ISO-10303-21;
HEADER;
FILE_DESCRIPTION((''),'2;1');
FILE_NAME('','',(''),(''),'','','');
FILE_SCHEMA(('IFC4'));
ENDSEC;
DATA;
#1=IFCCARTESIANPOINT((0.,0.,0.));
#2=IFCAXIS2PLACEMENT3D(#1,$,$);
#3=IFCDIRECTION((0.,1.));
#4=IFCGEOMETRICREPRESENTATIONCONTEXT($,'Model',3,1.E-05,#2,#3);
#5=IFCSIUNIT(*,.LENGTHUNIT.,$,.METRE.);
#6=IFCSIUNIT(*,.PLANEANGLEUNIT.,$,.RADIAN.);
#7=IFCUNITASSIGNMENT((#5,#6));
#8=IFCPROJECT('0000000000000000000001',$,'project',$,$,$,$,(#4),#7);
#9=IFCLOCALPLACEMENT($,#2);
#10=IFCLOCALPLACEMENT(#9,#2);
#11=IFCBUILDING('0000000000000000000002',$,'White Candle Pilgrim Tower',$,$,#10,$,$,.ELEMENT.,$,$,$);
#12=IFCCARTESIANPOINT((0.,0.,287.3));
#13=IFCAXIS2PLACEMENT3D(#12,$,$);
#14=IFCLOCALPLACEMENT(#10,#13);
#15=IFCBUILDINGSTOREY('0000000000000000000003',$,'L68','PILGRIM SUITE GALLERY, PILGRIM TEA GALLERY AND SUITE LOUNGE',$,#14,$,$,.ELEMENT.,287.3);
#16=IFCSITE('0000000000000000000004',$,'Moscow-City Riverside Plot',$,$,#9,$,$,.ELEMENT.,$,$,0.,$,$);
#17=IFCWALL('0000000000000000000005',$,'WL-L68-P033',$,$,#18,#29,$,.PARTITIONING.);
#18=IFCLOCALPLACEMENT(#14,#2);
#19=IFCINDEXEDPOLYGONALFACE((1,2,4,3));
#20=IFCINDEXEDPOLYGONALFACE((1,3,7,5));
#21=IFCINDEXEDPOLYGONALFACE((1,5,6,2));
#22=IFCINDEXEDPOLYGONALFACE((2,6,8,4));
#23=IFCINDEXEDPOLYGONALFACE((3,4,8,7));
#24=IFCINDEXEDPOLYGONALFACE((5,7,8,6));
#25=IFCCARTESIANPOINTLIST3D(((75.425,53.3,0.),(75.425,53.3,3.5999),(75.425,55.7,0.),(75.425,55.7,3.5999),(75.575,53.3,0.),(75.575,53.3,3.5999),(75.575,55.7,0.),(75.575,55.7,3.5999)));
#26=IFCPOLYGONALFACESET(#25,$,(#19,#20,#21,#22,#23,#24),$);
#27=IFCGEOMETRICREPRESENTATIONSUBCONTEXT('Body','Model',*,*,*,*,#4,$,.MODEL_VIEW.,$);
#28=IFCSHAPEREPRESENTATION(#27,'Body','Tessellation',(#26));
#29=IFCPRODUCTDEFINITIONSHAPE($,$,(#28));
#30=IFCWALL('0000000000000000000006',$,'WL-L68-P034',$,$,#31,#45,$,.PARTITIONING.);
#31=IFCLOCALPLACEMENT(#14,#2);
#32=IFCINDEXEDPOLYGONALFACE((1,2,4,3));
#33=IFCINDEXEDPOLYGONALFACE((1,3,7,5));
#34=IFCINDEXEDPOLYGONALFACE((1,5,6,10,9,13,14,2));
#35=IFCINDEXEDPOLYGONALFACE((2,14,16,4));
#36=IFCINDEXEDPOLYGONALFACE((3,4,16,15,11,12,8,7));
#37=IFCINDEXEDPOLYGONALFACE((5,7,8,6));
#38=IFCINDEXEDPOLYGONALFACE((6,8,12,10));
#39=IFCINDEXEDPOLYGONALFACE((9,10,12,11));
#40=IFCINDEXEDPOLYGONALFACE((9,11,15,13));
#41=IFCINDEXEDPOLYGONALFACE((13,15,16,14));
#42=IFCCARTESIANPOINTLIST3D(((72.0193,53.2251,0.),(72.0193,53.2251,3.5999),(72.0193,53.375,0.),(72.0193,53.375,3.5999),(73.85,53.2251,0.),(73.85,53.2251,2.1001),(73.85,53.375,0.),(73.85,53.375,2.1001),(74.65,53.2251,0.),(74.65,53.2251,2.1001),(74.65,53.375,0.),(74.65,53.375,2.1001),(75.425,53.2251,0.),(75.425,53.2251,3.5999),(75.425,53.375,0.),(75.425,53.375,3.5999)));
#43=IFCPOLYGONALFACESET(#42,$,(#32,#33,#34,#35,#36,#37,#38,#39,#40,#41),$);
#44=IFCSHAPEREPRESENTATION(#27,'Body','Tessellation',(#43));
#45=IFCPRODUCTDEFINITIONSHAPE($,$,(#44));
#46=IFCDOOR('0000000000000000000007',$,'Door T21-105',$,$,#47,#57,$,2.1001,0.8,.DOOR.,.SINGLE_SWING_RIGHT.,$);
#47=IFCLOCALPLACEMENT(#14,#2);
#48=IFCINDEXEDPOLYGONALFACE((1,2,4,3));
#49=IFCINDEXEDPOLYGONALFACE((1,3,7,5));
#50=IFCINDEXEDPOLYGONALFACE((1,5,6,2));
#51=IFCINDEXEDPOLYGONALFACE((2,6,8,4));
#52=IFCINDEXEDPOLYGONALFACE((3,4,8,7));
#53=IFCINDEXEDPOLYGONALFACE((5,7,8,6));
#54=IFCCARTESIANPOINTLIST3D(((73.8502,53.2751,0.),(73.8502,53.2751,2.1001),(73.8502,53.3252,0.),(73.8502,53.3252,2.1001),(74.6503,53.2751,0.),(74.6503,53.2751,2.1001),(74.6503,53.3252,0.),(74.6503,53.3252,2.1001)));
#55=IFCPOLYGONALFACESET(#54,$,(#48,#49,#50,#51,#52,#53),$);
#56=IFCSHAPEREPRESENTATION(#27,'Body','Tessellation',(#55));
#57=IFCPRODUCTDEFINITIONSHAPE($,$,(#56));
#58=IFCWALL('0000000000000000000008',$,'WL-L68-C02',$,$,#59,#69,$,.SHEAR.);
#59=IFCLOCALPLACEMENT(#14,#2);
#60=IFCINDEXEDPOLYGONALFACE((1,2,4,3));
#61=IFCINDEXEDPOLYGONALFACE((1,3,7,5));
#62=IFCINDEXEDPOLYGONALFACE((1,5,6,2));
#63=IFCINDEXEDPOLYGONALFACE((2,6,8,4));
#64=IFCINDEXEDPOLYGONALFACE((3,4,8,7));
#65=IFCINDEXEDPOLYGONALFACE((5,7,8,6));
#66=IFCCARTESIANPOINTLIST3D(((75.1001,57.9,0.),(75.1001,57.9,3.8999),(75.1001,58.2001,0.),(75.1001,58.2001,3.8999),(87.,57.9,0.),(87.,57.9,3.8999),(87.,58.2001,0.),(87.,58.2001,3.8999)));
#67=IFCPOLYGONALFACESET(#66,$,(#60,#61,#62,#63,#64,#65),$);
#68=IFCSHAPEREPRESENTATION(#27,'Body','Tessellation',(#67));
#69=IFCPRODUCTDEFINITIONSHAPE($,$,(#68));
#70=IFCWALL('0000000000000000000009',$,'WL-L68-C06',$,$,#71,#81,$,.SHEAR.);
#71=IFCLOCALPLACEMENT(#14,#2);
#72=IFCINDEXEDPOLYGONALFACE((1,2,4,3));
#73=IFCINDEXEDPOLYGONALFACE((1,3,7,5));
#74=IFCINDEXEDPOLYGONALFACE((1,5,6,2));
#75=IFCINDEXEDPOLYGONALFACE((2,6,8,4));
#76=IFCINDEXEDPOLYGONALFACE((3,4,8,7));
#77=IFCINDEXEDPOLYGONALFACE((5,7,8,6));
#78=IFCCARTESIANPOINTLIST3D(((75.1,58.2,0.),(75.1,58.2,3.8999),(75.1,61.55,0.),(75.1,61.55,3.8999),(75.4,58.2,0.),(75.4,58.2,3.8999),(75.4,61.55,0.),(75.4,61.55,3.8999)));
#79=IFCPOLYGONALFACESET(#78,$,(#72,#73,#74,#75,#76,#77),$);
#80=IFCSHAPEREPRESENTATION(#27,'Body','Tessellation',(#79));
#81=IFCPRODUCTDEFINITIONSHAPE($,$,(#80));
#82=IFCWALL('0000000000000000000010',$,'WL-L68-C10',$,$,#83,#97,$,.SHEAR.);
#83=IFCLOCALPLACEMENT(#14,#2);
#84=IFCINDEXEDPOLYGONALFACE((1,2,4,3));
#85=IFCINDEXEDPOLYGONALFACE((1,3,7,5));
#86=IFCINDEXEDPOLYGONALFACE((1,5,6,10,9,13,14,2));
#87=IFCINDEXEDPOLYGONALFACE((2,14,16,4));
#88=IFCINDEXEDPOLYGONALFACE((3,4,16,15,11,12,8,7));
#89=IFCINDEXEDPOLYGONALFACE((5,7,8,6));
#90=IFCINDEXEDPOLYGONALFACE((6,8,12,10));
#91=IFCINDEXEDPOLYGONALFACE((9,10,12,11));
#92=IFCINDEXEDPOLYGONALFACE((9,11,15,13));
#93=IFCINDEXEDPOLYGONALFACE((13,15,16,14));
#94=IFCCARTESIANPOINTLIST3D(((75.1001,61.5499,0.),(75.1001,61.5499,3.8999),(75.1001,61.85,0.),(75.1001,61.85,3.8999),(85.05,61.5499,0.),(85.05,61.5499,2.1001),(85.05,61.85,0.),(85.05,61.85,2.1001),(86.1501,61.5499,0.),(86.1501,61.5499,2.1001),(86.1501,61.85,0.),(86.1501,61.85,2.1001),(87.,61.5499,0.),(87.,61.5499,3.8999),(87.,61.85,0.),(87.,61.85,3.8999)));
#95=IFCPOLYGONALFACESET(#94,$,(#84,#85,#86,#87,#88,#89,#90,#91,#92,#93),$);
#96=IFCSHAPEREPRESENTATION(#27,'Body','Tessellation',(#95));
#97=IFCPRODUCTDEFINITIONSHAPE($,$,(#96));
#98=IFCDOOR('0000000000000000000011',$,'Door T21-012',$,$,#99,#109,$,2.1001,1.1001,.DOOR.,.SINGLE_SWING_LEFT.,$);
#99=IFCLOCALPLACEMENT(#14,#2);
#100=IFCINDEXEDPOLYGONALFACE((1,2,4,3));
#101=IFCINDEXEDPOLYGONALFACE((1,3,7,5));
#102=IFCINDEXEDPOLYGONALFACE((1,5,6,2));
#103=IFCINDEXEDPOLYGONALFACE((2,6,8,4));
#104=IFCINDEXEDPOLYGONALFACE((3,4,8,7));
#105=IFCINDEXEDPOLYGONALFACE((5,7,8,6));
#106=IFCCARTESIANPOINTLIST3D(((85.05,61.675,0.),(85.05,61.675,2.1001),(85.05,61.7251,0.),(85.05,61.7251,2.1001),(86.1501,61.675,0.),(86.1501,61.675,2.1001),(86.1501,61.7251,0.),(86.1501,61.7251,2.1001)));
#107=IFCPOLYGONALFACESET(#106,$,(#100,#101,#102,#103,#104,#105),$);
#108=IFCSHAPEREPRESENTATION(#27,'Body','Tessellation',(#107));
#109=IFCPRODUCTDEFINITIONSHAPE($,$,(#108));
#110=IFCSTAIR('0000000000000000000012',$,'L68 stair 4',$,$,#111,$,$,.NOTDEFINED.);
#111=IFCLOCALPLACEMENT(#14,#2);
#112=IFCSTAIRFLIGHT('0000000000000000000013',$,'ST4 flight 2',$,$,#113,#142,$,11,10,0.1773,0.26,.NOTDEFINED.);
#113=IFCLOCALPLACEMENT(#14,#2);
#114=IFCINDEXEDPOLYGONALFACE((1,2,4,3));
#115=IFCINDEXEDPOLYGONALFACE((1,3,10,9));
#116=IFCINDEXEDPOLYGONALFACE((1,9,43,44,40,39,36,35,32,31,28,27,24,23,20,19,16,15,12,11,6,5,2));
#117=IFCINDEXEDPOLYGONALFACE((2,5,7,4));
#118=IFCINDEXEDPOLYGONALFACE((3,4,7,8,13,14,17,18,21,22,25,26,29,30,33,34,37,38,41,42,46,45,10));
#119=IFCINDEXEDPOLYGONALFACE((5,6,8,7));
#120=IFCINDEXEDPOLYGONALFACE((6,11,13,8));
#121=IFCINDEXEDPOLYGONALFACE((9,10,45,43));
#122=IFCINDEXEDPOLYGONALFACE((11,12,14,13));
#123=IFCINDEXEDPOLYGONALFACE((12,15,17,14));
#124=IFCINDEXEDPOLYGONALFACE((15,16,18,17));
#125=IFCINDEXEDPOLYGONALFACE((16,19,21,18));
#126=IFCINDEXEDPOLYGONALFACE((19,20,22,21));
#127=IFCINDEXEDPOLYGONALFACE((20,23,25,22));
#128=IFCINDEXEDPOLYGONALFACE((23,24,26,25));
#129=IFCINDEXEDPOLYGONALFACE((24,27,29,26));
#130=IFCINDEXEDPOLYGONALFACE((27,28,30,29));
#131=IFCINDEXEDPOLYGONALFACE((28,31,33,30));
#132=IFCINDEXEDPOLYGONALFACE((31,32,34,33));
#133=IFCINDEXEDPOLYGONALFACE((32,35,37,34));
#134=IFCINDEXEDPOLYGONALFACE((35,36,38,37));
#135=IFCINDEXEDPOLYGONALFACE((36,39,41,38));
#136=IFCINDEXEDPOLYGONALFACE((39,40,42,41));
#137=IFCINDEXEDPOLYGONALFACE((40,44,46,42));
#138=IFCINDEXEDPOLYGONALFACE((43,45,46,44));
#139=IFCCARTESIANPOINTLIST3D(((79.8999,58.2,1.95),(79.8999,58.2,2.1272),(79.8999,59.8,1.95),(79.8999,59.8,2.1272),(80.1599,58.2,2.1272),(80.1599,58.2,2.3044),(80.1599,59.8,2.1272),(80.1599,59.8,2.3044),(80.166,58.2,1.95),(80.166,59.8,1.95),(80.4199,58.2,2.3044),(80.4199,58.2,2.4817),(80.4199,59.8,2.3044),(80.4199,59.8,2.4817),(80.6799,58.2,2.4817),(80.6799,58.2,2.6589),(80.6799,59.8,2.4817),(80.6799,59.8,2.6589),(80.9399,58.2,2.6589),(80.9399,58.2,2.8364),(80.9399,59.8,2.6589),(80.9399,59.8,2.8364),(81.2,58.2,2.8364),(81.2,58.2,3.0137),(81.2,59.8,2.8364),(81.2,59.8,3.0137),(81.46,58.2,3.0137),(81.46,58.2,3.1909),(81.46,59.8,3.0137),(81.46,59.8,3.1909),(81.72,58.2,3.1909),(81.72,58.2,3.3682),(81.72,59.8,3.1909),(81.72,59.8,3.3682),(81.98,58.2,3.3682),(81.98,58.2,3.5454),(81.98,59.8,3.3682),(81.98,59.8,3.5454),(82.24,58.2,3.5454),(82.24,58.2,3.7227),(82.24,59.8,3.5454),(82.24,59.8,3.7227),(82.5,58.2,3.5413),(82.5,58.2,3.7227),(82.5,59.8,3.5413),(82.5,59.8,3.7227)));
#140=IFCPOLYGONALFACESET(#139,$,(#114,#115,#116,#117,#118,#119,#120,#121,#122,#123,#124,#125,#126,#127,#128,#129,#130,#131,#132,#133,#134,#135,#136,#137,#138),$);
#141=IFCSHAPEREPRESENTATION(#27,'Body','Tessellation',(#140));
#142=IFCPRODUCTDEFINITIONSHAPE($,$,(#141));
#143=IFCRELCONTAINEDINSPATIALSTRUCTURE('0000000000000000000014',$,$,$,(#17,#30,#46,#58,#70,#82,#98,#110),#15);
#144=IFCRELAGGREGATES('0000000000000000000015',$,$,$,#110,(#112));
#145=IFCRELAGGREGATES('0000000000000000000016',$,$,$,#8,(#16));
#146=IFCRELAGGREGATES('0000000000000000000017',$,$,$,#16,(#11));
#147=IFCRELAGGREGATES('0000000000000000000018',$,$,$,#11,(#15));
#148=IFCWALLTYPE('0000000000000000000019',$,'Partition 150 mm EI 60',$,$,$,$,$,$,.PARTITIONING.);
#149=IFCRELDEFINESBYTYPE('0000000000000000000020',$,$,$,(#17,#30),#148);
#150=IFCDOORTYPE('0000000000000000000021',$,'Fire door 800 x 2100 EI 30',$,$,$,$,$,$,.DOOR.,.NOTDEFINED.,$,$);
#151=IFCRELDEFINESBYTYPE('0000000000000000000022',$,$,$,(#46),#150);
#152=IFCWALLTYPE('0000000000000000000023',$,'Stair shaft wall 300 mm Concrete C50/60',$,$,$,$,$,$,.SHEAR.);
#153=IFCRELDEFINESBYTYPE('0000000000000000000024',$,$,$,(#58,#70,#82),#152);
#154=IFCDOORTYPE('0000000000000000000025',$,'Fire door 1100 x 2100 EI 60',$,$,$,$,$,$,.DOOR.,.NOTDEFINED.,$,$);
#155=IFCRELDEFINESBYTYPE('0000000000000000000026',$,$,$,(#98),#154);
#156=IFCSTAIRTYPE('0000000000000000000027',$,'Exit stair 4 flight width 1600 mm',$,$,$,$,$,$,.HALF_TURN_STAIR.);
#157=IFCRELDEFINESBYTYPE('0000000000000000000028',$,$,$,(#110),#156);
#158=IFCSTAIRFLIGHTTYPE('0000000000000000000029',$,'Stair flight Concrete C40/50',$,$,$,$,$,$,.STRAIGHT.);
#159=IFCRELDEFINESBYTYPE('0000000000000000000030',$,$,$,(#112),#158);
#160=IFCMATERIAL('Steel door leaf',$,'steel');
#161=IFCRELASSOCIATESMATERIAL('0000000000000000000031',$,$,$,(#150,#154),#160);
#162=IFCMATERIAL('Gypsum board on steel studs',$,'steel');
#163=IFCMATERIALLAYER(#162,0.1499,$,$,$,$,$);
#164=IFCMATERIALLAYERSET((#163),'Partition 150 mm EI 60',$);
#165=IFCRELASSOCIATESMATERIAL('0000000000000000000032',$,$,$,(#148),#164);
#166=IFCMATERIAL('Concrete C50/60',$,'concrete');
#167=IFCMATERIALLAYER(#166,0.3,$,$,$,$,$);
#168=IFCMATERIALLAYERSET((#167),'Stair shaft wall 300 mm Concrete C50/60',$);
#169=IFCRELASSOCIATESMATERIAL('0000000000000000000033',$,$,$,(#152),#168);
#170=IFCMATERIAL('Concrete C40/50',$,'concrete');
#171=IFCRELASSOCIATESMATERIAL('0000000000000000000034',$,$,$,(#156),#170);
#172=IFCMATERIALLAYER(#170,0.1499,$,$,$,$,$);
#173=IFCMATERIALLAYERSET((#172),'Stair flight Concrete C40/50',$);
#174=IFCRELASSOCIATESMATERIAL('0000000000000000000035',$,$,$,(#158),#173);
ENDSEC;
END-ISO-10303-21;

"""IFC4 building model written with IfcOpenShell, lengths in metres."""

from ifc_helpers import new_model, si_unit, direction, frame, frame_2d, origin, place, context, subcontext, project, spatial, polyline, rectangle, outline, extrude, material, layer, layer_set, type_object, element, fill, aggregate, save


model = new_model("IFC4")

# Units and contexts
model_context = context("Model", 3, precision=1e-05, world=origin(), true_north=direction((0.0, 1.0)))
body_context = subcontext(model_context, "Body", "Model", "MODEL_VIEW")
ifc_project = project(units=[si_unit("LENGTHUNIT", "METRE"), si_unit("PLANEANGLEUNIT", "RADIAN")], contexts=[model_context])

# Site, building, storey
site_placement = place(None, origin())
site = spatial("IfcSite", under=ifc_project, at=site_placement, Name="Moscow-City Riverside Plot", CompositionType="ELEMENT", RefElevation=0.0)
building_placement = place(site_placement, origin())
building = spatial("IfcBuilding", under=site, at=building_placement, Name="White Candle Pilgrim Tower", CompositionType="ELEMENT")
storey_placement = place(building_placement, frame((0.0, 0.0, 287.3)))
storey = spatial("IfcBuildingStorey", under=building, at=storey_placement, Name="L68", Description="PILGRIM SUITE GALLERY, PILGRIM TEA GALLERY AND SUITE LOUNGE", CompositionType="ELEMENT", Elevation=287.3)

# Shared definitions
ifc_material_1 = material(Name="Concrete C50/60", Category="concrete")

# Shared definitions
ifc_material_2 = material(Name="Gypsum board on steel studs", Category="steel")

# Shared definitions
ifc_material_3 = material(Name="Steel door leaf", Category="steel")
door_type_1 = type_object("IfcDoorType", Name="Fire door 800 x 2100 EI 30", OperationType="NOTDEFINED", PredefinedType="DOOR", material=ifc_material_3)

# Wall
ifc_layer_1 = layer(ifc_material_2, 0.1499)
ifc_layer_set_1 = layer_set([ifc_layer_1], Name="Partition 150 mm EI 60")
wall_type_1 = type_object("IfcWallType", Name="Partition 150 mm EI 60", PredefinedType="PARTITIONING", material=ifc_layer_set_1)
wall_1_placement = place(storey_placement, frame((75.5, 55.7, 0.0), z_axis=(0.0, 0.0, 1.0), x_axis=(0.0, -1.0, 0.0)))
element("IfcWall", 1, at=wall_1_placement, inside=storey, type_object=wall_type_1, Name="WL-L68-P033", PredefinedType="PARTITIONING", context=body_context, shape_type="SweptSolid", body=[
    extrude(rectangle(XDim=2.3999, YDim=0.1499, at=frame_2d((1.2, 0.0))), origin(), (0.0, 0.0, 1.0), 3.5999),
])

# Wall, opening, door
wall_2_placement = place(storey_placement, frame((72.0193, 53.3, 0.0), z_axis=(0.0, 0.0, 1.0), x_axis=(1.0, 0.0, 0.0)))
wall_2 = element("IfcWall", 2, at=wall_2_placement, inside=storey, type_object=wall_type_1, Name="WL-L68-P034", PredefinedType="PARTITIONING", context=body_context, shape_type="SweptSolid", body=[
    extrude(rectangle(XDim=3.4058, YDim=0.1499, at=frame_2d((1.7029, 0.0))), origin(), (0.0, 0.0, 1.0), 3.5999),
])
opening_1_placement = place(wall_2_placement, frame((1.8308, 0.0, 0.0)))
opening_1 = element("IfcOpeningElement", 3, at=opening_1_placement, cuts=wall_2, PredefinedType="OPENING", context=body_context, shape_type="SweptSolid", body=[
    extrude(rectangle(XDim=0.8, YDim=2.1001, at=frame_2d((0.3999, 1.05))), frame((0.0, 0.085, 0.0), z_axis=(0.0, -1.0, 0.0), x_axis=(1.0, 0.0, 0.0)), (0.0, 0.0, 1.0), 0.1699),
])
door_1_placement = place(opening_1_placement, frame((0.8, 0.0, 0.0), z_axis=(0.0, 0.0, 1.0), x_axis=(-1.0, 0.0, 0.0)))
door_1 = element("IfcDoor", 4, at=door_1_placement, inside=storey, type_object=door_type_1, Name="Door T21-105", OperationType="SINGLE_SWING_RIGHT", OverallHeight=2.1001, OverallWidth=0.8, PredefinedType="DOOR", context=body_context, shape_type="SweptSolid", body=[
    extrude(rectangle(XDim=0.8, YDim=2.1001, at=frame_2d((0.3999, 1.05))), frame((0.0, 0.0249, 0.0), z_axis=(0.0, -1.0, 0.0), x_axis=(1.0, 0.0, 0.0)), (0.0, 0.0, 1.0), 0.05),
])
fill(opening_1, door_1)

# Walls
ifc_layer_2 = layer(ifc_material_1, 0.3)
ifc_layer_set_2 = layer_set([ifc_layer_2], Name="Stair shaft wall 300 mm Concrete C50/60")
wall_type_2 = type_object("IfcWallType", Name="Stair shaft wall 300 mm Concrete C50/60", PredefinedType="SHEAR", material=ifc_layer_set_2)
wall_3_placement = place(storey_placement, frame((75.1001, 58.05, 0.0), z_axis=(0.0, 0.0, 1.0), x_axis=(1.0, 0.0, 0.0)))
element("IfcWall", 5, at=wall_3_placement, inside=storey, type_object=wall_type_2, Name="WL-L68-C02", PredefinedType="SHEAR", context=body_context, shape_type="SweptSolid", body=[
    extrude(rectangle(XDim=11.8999, YDim=0.3, at=frame_2d((5.95, 0.0))), origin(), (0.0, 0.0, 1.0), 3.8999),
])
wall_4_placement = place(storey_placement, frame((75.25, 58.2, 0.0), z_axis=(0.0, 0.0, 1.0), x_axis=(0.0, 1.0, 0.0)))
element("IfcWall", 6, at=wall_4_placement, inside=storey, type_object=wall_type_2, Name="WL-L68-C06", PredefinedType="SHEAR", context=body_context, shape_type="SweptSolid", body=[
    extrude(rectangle(XDim=3.3501, YDim=0.3, at=frame_2d((1.675, 0.0))), origin(), (0.0, 0.0, 1.0), 3.8999),
])

# Wall, opening, door
wall_5_placement = place(storey_placement, frame((75.1001, 61.7, 0.0), z_axis=(0.0, 0.0, 1.0), x_axis=(1.0, 0.0, 0.0)))
wall_5 = element("IfcWall", 7, at=wall_5_placement, inside=storey, type_object=wall_type_2, Name="WL-L68-C10", PredefinedType="SHEAR", context=body_context, shape_type="SweptSolid", body=[
    extrude(rectangle(XDim=11.8999, YDim=0.3, at=frame_2d((5.95, 0.0))), origin(), (0.0, 0.0, 1.0), 3.8999),
])
opening_2_placement = place(wall_5_placement, frame((9.95, 0.0, 0.0)))
opening_2 = element("IfcOpeningElement", 8, at=opening_2_placement, cuts=wall_5, PredefinedType="OPENING", context=body_context, shape_type="SweptSolid", body=[
    extrude(rectangle(XDim=1.1001, YDim=2.1001, at=frame_2d((0.55, 1.05))), frame((0.0, 0.1599, 0.0), z_axis=(0.0, -1.0, 0.0), x_axis=(1.0, 0.0, 0.0)), (0.0, 0.0, 1.0), 0.3201),
])
door_type_2 = type_object("IfcDoorType", Name="Fire door 1100 x 2100 EI 60", OperationType="NOTDEFINED", PredefinedType="DOOR", material=ifc_material_3)
door_2_placement = place(opening_2_placement, frame((1.1001, 0.0, 0.0), z_axis=(0.0, 0.0, 1.0), x_axis=(-1.0, 0.0, 0.0)))
door_2 = element("IfcDoor", 9, at=door_2_placement, inside=storey, type_object=door_type_2, Name="Door T21-012", OperationType="SINGLE_SWING_LEFT", OverallHeight=2.1001, OverallWidth=1.1001, PredefinedType="DOOR", context=body_context, shape_type="SweptSolid", body=[
    extrude(rectangle(XDim=1.1001, YDim=2.1001, at=frame_2d((0.55, 1.05))), frame((0.0, 0.0249, 0.0), z_axis=(0.0, -1.0, 0.0), x_axis=(1.0, 0.0, 0.0)), (0.0, 0.0, 1.0), 0.05),
])
fill(opening_2, door_2)

# Stair, stair flight
ifc_material_4 = material(Name="Concrete C40/50", Category="concrete")
stair_type = type_object("IfcStairType", Name="Exit stair 4 flight width 1600 mm", PredefinedType="HALF_TURN_STAIR", material=ifc_material_4)
stair_placement = place(storey_placement, origin())
stair = element("IfcStair", 10, at=stair_placement, inside=storey, type_object=stair_type, Name="L68 stair 4", PredefinedType="NOTDEFINED")
ifc_layer_3 = layer(ifc_material_4, 0.1499)
ifc_layer_set_3 = layer_set([ifc_layer_3], Name="Stair flight Concrete C40/50")
stair_flight_type = type_object("IfcStairFlightType", Name="Stair flight Concrete C40/50", PredefinedType="STRAIGHT", material=ifc_layer_set_3)
stair_flight_placement = place(storey_placement, frame((79.8999, 59.0, 1.95), z_axis=(0.0, 0.0, 1.0), x_axis=(1.0, 0.0, 0.0)))
stair_flight = element("IfcStairFlight", 11, at=stair_flight_placement, type_object=stair_flight_type, Name="ST4 flight 2", NumberOfRisers=11, NumberOfTreads=10, PredefinedType="NOTDEFINED", RiserHeight=0.1773, TreadLength=0.26, context=body_context, shape_type="SweptSolid", body=[
    extrude(outline(polyline([(0.0, 0.0), (0.0, 0.1772), (0.26, 0.1772), (0.26, 0.3545), (0.52, 0.3545), (0.52, 0.5317), (0.78, 0.5317), (0.78, 0.709), (1.04, 0.709), (1.04, 0.8865), (1.3, 0.8865), (1.3, 1.0637), (1.5601, 1.0637), (1.5601, 1.241), (1.8201, 1.241), (1.8201, 1.4182), (2.0801, 1.4182), (2.0801, 1.5955), (2.3401, 1.5955), (2.3401, 1.7727), (2.6001, 1.7727), (2.6001, 1.95), (2.6001, 1.5913), (0.2661, 0.0), (0.0, 0.0)])), frame((0.0, 0.8, 0.0), z_axis=(0.0, -1.0, 0.0), x_axis=(1.0, 0.0, 0.0)), (0.0, 0.0, 1.0), 1.6001),
])
aggregate(stair, [stair_flight])

save(model, "model.ifc")
